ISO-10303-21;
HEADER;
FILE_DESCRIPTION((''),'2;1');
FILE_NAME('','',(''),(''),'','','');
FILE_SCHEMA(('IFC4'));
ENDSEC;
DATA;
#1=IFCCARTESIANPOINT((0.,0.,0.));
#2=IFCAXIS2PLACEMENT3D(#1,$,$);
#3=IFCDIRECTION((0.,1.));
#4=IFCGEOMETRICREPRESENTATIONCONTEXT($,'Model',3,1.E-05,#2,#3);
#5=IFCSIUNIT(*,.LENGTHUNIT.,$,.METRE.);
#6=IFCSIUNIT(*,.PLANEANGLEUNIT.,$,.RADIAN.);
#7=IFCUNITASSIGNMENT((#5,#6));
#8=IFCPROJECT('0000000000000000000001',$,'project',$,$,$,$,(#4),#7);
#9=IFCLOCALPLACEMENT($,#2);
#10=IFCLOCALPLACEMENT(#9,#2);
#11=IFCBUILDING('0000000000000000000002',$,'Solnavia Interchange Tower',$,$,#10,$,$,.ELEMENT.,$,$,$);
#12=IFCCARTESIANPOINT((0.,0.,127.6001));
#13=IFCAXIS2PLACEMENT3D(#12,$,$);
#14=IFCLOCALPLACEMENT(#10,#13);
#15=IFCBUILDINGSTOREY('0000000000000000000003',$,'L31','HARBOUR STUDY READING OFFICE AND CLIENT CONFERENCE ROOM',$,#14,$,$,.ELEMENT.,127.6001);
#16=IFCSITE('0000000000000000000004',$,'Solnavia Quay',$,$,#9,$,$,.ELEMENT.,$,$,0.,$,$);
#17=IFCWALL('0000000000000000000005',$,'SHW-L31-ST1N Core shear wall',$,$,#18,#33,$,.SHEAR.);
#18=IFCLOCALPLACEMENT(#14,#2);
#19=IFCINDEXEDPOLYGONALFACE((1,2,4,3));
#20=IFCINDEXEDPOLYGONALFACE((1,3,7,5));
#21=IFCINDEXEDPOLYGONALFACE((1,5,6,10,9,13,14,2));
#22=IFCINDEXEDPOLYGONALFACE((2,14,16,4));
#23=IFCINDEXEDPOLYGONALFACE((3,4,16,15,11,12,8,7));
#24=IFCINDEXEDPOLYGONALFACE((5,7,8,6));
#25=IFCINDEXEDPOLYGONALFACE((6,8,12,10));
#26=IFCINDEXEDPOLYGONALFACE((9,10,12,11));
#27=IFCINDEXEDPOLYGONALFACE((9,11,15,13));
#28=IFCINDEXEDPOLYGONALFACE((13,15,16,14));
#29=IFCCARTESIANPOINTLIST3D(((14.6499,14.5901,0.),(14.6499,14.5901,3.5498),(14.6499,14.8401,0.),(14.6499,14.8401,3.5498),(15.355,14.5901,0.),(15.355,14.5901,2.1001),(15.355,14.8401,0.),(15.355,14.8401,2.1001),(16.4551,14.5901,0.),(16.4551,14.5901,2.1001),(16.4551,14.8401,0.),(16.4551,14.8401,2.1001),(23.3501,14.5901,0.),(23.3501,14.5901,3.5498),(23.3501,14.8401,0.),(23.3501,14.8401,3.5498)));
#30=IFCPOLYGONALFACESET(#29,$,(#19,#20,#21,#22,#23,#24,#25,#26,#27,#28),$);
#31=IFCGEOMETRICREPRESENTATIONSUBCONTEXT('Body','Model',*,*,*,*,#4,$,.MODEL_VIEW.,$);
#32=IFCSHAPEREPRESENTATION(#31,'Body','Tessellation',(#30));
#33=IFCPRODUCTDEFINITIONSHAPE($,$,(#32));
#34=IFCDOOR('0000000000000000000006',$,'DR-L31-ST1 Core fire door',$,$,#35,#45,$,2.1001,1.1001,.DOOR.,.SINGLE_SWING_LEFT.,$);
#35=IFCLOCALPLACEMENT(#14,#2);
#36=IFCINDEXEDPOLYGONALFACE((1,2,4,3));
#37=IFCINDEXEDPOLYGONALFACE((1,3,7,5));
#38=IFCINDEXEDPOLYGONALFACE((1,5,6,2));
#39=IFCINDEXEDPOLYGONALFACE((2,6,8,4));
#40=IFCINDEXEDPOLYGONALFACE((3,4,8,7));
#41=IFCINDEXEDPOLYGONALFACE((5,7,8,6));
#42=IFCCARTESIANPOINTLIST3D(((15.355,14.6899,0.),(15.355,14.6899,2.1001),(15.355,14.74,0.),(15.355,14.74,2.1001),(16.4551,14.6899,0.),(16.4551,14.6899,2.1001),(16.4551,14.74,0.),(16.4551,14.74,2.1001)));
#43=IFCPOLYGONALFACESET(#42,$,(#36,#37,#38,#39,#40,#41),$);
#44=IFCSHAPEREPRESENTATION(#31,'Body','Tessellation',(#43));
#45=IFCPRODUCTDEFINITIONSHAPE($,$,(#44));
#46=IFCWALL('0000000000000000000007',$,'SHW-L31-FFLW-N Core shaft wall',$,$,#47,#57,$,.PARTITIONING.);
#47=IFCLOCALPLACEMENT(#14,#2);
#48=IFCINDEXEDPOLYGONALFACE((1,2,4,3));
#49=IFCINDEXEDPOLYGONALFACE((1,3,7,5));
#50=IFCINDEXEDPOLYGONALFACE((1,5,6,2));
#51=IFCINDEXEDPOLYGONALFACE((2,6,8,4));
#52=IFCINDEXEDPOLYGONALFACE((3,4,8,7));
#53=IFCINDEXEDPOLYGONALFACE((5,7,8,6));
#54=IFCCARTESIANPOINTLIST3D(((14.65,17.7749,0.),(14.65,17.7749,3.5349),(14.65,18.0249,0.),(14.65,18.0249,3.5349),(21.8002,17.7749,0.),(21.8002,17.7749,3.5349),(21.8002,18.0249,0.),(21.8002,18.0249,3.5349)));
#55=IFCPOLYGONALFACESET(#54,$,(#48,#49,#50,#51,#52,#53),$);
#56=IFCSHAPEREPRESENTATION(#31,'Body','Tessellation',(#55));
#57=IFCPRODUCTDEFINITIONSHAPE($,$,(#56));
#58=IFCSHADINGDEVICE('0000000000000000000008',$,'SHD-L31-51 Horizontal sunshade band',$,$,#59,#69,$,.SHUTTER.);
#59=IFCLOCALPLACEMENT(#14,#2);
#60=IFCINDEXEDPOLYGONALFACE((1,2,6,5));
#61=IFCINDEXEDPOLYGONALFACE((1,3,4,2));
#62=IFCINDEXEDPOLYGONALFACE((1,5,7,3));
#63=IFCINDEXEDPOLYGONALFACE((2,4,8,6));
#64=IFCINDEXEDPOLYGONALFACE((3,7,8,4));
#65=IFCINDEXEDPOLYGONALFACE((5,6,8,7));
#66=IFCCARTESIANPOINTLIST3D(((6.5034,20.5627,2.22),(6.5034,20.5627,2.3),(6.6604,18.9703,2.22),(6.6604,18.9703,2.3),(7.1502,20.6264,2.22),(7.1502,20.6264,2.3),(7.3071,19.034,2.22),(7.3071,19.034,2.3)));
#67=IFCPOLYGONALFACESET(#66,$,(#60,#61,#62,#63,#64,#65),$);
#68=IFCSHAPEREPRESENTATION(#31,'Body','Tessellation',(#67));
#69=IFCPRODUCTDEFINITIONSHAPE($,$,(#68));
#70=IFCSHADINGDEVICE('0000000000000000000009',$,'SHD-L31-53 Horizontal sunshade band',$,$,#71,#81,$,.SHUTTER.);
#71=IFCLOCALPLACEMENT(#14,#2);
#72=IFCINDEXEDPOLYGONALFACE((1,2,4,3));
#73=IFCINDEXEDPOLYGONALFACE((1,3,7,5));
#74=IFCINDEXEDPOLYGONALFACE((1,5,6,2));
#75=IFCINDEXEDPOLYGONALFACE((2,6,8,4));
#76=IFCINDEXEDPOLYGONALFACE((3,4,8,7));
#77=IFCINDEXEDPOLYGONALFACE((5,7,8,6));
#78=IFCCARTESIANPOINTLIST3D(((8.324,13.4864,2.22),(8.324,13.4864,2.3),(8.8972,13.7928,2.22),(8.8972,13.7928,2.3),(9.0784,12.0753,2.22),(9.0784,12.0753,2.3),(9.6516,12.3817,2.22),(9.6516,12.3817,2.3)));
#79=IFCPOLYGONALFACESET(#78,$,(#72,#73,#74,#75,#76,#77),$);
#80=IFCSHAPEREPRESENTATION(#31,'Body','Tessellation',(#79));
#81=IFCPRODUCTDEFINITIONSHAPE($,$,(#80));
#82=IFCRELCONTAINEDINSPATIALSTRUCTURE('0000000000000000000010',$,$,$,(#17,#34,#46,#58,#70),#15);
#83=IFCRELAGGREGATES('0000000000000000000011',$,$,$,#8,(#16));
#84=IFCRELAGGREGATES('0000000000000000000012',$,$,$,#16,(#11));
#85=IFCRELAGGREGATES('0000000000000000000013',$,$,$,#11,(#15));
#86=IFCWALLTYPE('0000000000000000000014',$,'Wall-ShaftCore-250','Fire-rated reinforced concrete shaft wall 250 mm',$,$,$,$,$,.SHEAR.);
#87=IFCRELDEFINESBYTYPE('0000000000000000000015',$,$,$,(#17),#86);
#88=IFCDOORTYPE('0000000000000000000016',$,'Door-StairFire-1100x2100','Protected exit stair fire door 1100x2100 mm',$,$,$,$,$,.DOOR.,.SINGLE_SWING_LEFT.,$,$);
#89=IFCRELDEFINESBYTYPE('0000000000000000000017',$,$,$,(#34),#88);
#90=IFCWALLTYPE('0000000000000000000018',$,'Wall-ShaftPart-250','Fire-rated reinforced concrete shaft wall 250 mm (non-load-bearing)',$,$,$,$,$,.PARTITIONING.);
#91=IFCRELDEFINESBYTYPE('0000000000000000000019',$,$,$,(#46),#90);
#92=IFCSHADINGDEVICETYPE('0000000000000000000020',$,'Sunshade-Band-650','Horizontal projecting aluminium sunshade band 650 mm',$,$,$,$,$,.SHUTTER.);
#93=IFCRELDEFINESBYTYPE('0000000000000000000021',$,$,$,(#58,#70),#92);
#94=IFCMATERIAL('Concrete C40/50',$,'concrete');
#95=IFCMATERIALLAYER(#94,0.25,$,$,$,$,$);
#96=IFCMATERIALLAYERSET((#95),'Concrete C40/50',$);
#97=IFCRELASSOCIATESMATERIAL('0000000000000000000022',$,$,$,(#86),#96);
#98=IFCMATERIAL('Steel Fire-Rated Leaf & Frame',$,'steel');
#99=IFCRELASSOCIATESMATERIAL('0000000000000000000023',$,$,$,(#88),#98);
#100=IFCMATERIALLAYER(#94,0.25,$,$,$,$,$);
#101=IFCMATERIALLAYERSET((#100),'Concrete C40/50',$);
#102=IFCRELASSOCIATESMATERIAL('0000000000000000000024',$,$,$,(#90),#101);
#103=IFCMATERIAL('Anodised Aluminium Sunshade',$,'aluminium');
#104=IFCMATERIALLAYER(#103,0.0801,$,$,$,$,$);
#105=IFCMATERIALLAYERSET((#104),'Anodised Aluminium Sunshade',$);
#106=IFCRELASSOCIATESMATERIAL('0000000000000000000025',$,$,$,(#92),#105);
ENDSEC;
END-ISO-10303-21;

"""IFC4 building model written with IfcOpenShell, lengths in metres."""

from ifc_helpers import new_model, si_unit, direction, frame, frame_2d, origin, origin_2d, place, context, subcontext, project, spatial, rectangle, extrude, material, layer, layer_set, type_object, element, fill, save


model = new_model("IFC4")

# Units and contexts
model_context = context("Model", 3, precision=1e-05, world=origin(), true_north=direction((0.0, 1.0)))
body_context = subcontext(model_context, "Body", "Model", "MODEL_VIEW")
ifc_project = project(units=[si_unit("LENGTHUNIT", "METRE"), si_unit("PLANEANGLEUNIT", "RADIAN")], contexts=[model_context])

# Site, building, storey
site_placement = place(None, origin())
site = spatial("IfcSite", under=ifc_project, at=site_placement, Name="Solnavia Quay", CompositionType="ELEMENT", RefElevation=0.0)
building_placement = place(site_placement, origin())
building = spatial("IfcBuilding", under=site, at=building_placement, Name="Solnavia Interchange Tower", CompositionType="ELEMENT")
storey_placement = place(building_placement, frame((0.0, 0.0, 127.6001)))
storey = spatial("IfcBuildingStorey", under=building, at=storey_placement, Name="L31", Description="HARBOUR STUDY READING OFFICE AND CLIENT CONFERENCE ROOM", CompositionType="ELEMENT", Elevation=127.6001)

# Shared definitions
ifc_material_1 = material(Name="Concrete C40/50", Category="concrete")

# Shared definitions
ifc_layer_1 = layer(ifc_material_1, 0.25)
ifc_layer_set_1 = layer_set([ifc_layer_1], Name="Concrete C40/50")
wall_type_1 = type_object("IfcWallType", Name="Wall-ShaftCore-250", Description="Fire-rated reinforced concrete shaft wall 250 mm", PredefinedType="SHEAR", material=ifc_layer_set_1)

# Wall, opening, door
wall_1_placement = place(storey_placement, frame((14.6499, 14.7151, 0.0), z_axis=(0.0, 0.0, 1.0), x_axis=(1.0, 0.0, 0.0)))
wall_1 = element("IfcWall", 1, at=wall_1_placement, inside=storey, type_object=wall_type_1, Name="SHW-L31-ST1N Core shear wall", PredefinedType="SHEAR", context=body_context, shape_type="SweptSolid", body=[
    extrude(rectangle(XDim=8.7002, YDim=0.25, at=frame_2d((4.3501, 0.0))), origin(), (0.0, 0.0, 1.0), 3.5498),
])
opening_1_placement = place(wall_1_placement, frame((0.7051, 0.0, 0.0)))
opening_1 = element("IfcOpeningElement", 2, at=opening_1_placement, cuts=wall_1, PredefinedType="OPENING", context=body_context, shape_type="SweptSolid", body=[
    extrude(rectangle(XDim=1.1001, YDim=2.1001, at=frame_2d((0.55, 1.05))), frame((0.0, 0.135, 0.0), z_axis=(0.0, -1.0, 0.0), x_axis=(1.0, 0.0, 0.0)), (0.0, 0.0, 1.0), 0.27),
])
ifc_material_2 = material(Name="Steel Fire-Rated Leaf & Frame", Category="steel")
door_type = type_object("IfcDoorType", Name="Door-StairFire-1100x2100", Description="Protected exit stair fire door 1100x2100 mm", OperationType="SINGLE_SWING_LEFT", PredefinedType="DOOR", material=ifc_material_2)
door_placement = place(opening_1_placement, origin())
door = element("IfcDoor", 3, at=door_placement, inside=storey, type_object=door_type, Name="DR-L31-ST1 Core fire door", OperationType="SINGLE_SWING_LEFT", OverallHeight=2.1001, OverallWidth=1.1001, PredefinedType="DOOR", context=body_context, shape_type="SweptSolid", body=[
    extrude(rectangle(XDim=1.1001, YDim=2.1001, at=frame_2d((0.55, 1.05))), frame((0.0, 0.0249, 0.0), z_axis=(0.0, -1.0, 0.0), x_axis=(1.0, 0.0, 0.0)), (0.0, 0.0, 1.0), 0.05),
])
fill(opening_1, door)

# Wall
ifc_layer_2 = layer(ifc_material_1, 0.25)
ifc_layer_set_2 = layer_set([ifc_layer_2], Name="Concrete C40/50")
wall_type_2 = type_object("IfcWallType", Name="Wall-ShaftPart-250", Description="Fire-rated reinforced concrete shaft wall 250 mm (non-load-bearing)", PredefinedType="PARTITIONING", material=ifc_layer_set_2)
wall_2_placement = place(storey_placement, frame((14.6499, 17.8999, 0.0), z_axis=(0.0, 0.0, 1.0), x_axis=(1.0, 0.0, 0.0)))
element("IfcWall", 4, at=wall_2_placement, inside=storey, type_object=wall_type_2, Name="SHW-L31-FFLW-N Core shaft wall", PredefinedType="PARTITIONING", context=body_context, shape_type="SweptSolid", body=[
    extrude(rectangle(XDim=7.1501, YDim=0.25, at=frame_2d((3.5752, 0.0))), origin(), (0.0, 0.0, 1.0), 3.5349),
])

# Shading devices
ifc_material_3 = material(Name="Anodised Aluminium Sunshade", Category="aluminium")
ifc_layer_3 = layer(ifc_material_3, 0.0801)
ifc_layer_set_3 = layer_set([ifc_layer_3], Name="Anodised Aluminium Sunshade")
shading_device_type = type_object("IfcShadingDeviceType", Name="Sunshade-Band-650", Description="Horizontal projecting aluminium sunshade band 650 mm", PredefinedType="SHUTTER", material=ifc_layer_set_3)
for number, where, z_axis, x_axis, name in (
    (5, (6.9053, 19.7983, 2.22), (0.0, 0.0, 1.0), (-0.098104, 0.995176, 0.0), "SHD-L31-51 Horizontal sunshade band"),
    (6, (8.9878, 12.9341, 2.22), (0.0, 0.0, 1.0), (-0.471474, 0.88188, 0.0), "SHD-L31-53 Horizontal sunshade band"),
):
    element("IfcShadingDevice", number, at=place(storey_placement, frame(where, z_axis=z_axis, x_axis=x_axis)), inside=storey, type_object=shading_device_type, Name=name, PredefinedType="SHUTTER", context=body_context, shape_type="SweptSolid", body=[
        extrude(rectangle(XDim=1.6001, YDim=0.6499, at=origin_2d()), origin(), (0.0, 0.0, 1.0), 0.0801),
    ])

save(model, "model.ifc")
